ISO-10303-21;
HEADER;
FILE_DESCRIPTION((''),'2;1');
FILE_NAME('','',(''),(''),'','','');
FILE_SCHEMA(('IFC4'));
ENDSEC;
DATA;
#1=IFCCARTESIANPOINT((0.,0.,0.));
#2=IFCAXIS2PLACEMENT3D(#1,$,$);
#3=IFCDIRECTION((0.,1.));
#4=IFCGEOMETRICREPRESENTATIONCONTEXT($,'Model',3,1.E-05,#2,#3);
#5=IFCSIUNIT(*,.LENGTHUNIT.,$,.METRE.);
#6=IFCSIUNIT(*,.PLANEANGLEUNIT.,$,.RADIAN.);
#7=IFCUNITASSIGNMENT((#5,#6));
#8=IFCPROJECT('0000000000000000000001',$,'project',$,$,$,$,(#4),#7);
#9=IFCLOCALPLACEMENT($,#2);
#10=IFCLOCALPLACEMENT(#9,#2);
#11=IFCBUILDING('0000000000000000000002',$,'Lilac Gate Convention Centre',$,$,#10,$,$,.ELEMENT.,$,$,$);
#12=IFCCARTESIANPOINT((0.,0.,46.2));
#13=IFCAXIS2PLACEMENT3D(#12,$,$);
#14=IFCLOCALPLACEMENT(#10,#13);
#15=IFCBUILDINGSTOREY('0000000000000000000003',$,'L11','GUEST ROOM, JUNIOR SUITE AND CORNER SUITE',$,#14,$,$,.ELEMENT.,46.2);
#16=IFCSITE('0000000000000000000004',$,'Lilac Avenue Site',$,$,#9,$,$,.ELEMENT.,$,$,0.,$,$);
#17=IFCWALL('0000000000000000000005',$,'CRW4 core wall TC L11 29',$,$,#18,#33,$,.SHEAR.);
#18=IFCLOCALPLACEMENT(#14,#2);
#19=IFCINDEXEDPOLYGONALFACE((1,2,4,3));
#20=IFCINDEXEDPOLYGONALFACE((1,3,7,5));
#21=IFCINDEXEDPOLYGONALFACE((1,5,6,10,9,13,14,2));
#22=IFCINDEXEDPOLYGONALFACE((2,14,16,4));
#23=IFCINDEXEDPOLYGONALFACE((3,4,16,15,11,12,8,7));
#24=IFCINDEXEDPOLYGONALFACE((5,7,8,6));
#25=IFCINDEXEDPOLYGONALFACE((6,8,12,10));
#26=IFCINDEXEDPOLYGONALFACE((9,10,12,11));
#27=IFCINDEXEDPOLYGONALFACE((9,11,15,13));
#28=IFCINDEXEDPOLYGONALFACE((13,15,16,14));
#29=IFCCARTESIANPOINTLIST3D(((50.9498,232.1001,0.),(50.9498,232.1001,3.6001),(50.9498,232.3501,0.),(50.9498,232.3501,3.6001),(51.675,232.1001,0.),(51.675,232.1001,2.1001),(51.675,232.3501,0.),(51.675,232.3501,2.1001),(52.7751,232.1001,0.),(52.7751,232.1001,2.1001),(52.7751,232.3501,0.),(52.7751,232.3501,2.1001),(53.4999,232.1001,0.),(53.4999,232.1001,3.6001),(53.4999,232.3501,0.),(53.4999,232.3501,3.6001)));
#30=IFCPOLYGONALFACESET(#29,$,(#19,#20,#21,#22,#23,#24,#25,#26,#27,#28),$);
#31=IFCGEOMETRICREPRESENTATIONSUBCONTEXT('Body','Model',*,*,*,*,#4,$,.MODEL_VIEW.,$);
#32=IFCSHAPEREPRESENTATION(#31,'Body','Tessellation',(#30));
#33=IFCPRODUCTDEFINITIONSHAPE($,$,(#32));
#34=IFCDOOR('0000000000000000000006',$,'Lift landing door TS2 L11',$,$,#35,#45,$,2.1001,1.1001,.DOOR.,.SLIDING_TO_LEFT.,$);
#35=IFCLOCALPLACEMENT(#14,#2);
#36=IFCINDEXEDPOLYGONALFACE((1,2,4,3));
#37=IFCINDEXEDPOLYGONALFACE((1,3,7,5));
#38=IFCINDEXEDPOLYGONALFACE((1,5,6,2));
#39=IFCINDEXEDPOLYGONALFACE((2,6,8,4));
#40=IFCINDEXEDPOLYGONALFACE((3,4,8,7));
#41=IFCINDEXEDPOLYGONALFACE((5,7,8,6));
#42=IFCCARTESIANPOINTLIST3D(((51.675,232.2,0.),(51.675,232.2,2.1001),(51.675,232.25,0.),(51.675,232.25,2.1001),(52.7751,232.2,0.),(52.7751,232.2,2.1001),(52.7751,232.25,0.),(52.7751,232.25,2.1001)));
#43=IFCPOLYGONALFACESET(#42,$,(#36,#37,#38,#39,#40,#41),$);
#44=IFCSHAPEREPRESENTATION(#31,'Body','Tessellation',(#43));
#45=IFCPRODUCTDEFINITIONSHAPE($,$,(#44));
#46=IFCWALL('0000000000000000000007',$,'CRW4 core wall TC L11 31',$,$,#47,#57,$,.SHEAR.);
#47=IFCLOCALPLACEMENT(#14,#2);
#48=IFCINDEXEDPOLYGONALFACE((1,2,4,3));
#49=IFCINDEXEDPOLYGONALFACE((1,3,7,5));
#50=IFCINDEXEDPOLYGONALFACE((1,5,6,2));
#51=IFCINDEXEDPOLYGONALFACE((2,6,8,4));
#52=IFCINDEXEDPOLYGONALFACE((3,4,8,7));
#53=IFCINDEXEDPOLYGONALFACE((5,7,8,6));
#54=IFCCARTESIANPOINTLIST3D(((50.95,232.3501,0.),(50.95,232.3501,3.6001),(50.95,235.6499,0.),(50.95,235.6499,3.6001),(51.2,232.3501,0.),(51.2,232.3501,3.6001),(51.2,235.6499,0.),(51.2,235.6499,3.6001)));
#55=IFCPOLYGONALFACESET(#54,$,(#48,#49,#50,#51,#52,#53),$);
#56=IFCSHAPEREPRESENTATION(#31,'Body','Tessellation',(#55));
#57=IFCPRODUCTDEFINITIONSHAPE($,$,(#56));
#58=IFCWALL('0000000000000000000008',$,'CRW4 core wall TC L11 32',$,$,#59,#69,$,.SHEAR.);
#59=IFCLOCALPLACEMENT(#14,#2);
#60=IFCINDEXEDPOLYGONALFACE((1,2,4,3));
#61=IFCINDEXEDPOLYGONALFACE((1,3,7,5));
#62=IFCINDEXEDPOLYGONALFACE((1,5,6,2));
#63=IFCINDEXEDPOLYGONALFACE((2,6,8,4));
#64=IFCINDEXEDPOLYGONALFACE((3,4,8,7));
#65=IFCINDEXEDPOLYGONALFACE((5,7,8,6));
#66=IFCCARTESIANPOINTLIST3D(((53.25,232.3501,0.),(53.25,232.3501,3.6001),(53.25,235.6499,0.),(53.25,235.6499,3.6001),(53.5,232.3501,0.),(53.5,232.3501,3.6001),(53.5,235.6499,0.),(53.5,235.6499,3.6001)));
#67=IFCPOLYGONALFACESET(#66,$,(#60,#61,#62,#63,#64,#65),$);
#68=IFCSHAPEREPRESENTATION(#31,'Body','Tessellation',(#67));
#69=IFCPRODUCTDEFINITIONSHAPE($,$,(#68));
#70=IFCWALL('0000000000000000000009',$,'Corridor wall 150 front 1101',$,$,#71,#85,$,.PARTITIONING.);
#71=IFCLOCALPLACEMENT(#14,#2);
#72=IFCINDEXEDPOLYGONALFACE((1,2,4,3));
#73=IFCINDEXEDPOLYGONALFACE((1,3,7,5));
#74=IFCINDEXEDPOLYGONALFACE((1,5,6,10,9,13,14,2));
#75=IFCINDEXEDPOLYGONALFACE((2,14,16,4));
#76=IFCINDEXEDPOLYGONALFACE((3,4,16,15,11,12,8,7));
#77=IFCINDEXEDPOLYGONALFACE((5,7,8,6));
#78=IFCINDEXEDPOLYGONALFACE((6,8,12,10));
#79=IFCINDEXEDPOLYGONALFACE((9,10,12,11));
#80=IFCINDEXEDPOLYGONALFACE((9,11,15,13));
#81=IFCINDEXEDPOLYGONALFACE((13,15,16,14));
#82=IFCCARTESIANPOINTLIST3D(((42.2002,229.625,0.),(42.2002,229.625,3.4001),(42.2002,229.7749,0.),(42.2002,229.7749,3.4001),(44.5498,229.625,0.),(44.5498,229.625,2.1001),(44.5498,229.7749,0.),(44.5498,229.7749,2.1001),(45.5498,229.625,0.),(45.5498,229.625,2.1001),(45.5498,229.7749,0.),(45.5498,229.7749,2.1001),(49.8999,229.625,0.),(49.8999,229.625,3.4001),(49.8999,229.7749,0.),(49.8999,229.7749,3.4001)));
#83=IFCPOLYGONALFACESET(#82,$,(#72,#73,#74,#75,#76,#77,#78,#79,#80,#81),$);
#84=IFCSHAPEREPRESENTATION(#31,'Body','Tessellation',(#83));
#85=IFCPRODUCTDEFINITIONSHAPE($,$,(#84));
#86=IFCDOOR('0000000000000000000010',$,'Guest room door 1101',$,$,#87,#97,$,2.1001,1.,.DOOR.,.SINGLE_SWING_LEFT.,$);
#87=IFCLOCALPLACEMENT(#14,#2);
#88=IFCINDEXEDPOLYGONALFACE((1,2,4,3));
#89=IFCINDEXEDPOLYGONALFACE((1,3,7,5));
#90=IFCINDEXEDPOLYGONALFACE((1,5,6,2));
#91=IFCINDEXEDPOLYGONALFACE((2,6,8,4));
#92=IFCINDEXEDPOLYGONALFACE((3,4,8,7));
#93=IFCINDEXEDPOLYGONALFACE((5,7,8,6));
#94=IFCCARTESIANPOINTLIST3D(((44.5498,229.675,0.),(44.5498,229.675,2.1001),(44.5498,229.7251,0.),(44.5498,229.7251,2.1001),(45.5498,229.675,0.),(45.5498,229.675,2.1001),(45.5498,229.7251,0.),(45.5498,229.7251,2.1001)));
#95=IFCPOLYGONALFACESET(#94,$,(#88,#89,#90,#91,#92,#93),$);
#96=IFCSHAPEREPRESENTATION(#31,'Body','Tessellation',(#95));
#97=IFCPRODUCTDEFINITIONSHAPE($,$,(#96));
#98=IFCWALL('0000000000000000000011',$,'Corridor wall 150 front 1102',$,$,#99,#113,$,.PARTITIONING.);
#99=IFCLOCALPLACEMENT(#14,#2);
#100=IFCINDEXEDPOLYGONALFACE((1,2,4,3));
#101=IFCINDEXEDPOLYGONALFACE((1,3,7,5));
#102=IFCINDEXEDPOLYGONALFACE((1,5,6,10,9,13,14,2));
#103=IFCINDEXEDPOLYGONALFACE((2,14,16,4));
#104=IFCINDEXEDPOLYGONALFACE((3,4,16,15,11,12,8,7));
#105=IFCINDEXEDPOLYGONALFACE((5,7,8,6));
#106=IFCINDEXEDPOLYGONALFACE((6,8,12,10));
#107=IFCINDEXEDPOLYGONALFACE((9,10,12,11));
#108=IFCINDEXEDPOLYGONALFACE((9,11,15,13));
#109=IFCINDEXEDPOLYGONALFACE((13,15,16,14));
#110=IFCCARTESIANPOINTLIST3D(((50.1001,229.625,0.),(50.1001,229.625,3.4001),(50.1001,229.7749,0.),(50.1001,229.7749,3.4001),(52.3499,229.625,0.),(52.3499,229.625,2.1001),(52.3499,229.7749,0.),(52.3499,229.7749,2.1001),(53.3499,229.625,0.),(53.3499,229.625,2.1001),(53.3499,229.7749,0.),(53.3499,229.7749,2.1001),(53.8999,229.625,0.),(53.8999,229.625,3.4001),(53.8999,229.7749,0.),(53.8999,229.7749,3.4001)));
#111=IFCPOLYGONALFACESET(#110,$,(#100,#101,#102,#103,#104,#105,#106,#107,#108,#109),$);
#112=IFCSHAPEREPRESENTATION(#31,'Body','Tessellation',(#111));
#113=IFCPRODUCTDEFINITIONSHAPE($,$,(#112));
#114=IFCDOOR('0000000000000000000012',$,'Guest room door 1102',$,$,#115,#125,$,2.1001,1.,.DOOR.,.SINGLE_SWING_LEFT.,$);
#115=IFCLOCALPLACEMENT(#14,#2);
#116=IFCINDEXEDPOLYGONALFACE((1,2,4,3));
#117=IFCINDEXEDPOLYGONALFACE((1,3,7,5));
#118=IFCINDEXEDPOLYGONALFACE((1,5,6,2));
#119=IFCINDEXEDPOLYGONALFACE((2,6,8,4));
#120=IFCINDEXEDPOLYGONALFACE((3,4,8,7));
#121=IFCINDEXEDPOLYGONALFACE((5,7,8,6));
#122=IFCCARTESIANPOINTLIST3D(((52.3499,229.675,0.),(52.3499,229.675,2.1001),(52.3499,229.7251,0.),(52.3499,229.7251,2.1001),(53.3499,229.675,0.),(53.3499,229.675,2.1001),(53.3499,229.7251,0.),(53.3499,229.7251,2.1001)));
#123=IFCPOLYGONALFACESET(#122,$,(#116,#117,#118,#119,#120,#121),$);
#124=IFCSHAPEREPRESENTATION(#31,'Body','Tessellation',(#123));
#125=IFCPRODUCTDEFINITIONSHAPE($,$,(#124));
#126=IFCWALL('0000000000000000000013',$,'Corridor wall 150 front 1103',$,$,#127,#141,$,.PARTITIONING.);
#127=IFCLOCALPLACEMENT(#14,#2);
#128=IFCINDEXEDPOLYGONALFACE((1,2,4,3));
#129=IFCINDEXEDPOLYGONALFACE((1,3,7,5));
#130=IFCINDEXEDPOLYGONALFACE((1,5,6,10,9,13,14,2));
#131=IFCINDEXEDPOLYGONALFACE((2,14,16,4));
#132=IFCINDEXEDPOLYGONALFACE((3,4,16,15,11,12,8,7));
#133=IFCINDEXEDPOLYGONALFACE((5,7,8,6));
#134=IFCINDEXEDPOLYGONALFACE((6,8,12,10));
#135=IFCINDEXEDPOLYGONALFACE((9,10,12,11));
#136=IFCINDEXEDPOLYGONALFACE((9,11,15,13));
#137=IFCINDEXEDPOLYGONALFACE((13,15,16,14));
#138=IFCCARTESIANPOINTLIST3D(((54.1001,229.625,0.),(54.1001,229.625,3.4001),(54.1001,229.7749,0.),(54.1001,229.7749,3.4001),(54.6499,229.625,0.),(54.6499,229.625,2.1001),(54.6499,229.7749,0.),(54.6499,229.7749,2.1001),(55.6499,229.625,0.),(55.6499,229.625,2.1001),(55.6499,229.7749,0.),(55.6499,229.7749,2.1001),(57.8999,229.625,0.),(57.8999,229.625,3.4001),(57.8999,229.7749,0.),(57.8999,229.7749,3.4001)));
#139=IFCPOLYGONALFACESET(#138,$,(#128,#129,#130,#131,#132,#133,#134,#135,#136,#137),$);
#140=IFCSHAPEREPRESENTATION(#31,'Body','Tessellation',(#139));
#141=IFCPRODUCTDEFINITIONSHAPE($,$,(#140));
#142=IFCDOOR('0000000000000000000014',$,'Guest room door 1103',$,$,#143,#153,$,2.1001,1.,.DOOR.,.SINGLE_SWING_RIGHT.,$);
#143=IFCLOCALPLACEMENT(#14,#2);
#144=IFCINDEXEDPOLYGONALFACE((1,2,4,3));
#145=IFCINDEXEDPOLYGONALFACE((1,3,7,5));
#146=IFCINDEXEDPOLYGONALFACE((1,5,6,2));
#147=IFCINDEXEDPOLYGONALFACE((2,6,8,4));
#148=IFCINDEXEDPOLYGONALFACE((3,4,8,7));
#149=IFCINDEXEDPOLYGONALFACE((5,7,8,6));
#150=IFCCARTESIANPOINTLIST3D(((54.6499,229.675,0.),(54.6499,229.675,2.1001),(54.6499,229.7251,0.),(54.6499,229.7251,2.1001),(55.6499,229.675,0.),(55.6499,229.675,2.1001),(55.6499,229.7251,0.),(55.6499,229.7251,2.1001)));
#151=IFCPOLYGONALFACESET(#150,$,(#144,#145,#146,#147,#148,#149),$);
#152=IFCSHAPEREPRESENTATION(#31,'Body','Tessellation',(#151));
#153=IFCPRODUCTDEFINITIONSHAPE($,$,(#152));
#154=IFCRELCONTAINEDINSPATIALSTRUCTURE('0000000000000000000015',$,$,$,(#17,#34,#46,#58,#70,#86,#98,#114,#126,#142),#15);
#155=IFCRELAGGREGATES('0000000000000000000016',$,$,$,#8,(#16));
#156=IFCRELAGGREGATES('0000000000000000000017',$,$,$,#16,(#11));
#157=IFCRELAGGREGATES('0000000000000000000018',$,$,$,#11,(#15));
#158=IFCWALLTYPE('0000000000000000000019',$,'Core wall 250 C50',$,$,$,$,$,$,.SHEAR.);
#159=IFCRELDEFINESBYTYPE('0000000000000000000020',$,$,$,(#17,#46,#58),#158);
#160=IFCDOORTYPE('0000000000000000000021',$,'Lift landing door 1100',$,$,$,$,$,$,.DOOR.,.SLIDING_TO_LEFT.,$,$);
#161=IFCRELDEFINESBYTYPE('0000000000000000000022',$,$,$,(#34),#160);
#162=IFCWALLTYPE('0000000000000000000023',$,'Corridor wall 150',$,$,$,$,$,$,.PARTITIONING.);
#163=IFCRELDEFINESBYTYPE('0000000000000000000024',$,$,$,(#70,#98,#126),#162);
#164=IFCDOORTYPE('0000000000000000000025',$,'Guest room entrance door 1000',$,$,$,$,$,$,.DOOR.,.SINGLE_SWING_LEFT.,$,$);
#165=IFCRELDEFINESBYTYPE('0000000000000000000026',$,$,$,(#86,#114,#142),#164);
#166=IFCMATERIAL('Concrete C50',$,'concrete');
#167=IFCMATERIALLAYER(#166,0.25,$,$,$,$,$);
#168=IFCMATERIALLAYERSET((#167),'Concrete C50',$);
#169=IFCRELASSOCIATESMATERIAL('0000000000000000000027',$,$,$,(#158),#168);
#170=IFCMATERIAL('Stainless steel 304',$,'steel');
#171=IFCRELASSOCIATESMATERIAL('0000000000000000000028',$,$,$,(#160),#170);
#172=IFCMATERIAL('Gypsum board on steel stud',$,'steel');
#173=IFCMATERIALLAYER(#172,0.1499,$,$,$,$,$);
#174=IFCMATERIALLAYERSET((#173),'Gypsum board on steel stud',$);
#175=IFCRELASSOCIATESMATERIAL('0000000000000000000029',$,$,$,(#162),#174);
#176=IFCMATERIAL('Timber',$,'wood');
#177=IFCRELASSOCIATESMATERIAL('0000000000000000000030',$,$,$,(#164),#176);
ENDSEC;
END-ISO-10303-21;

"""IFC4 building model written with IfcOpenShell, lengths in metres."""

from ifc_helpers import new_model, si_unit, direction, frame, frame_2d, origin, place, context, subcontext, project, spatial, rectangle, extrude, material, layer, layer_set, type_object, element, fill, save


model = new_model("IFC4")

# Units and contexts
model_context = context("Model", 3, precision=1e-05, world=origin(), true_north=direction((0.0, 1.0)))
body_context = subcontext(model_context, "Body", "Model", "MODEL_VIEW")
ifc_project = project(units=[si_unit("LENGTHUNIT", "METRE"), si_unit("PLANEANGLEUNIT", "RADIAN")], contexts=[model_context])

# Site, building, storey
site_placement = place(None, origin())
site = spatial("IfcSite", under=ifc_project, at=site_placement, Name="Lilac Avenue Site", CompositionType="ELEMENT", RefElevation=0.0)
building_placement = place(site_placement, origin())
building = spatial("IfcBuilding", under=site, at=building_placement, Name="Lilac Gate Convention Centre", CompositionType="ELEMENT")
storey_placement = place(building_placement, frame((0.0, 0.0, 46.2)))
storey = spatial("IfcBuildingStorey", under=building, at=storey_placement, Name="L11", Description="GUEST ROOM, JUNIOR SUITE AND CORNER SUITE", CompositionType="ELEMENT", Elevation=46.2)

# Shared definitions
ifc_material_1 = material(Name="Concrete C50", Category="concrete")
ifc_layer_1 = layer(ifc_material_1, 0.25)
ifc_layer_set_1 = layer_set([ifc_layer_1], Name="Concrete C50")
wall_type_1 = type_object("IfcWallType", Name="Core wall 250 C50", PredefinedType="SHEAR", material=ifc_layer_set_1)
ifc_material_2 = material(Name="Stainless steel 304", Category="steel")
door_type_1 = type_object("IfcDoorType", Name="Lift landing door 1100", OperationType="SLIDING_TO_LEFT", PredefinedType="DOOR", material=ifc_material_2)

# Wall, opening, door
wall_1_placement = place(storey_placement, frame((50.95, 232.2251, 0.0), z_axis=(0.0, 0.0, 1.0), x_axis=(1.0, 0.0, 0.0)))
wall_1 = element("IfcWall", 1, at=wall_1_placement, inside=storey, type_object=wall_type_1, Name="CRW4 core wall TC L11 29", PredefinedType="SHEAR", context=body_context, shape_type="SweptSolid", body=[
    extrude(rectangle(XDim=2.55, YDim=0.25, at=frame_2d((1.2749, 0.0))), origin(), (0.0, 0.0, 1.0), 3.6001),
])
opening_1_placement = place(wall_1_placement, frame((0.7251, 0.0, 0.0)))
opening_1 = element("IfcOpeningElement", 2, at=opening_1_placement, cuts=wall_1, PredefinedType="OPENING", context=body_context, shape_type="SweptSolid", body=[
    extrude(rectangle(XDim=1.1001, YDim=2.1001, at=frame_2d((0.55, 1.05))), frame((0.0, 0.135, 0.0), z_axis=(0.0, -1.0, 0.0), x_axis=(1.0, 0.0, 0.0)), (0.0, 0.0, 1.0), 0.27),
])
door_1_placement = place(opening_1_placement, origin())
door_1 = element("IfcDoor", 3, at=door_1_placement, inside=storey, type_object=door_type_1, Name="Lift landing door TS2 L11", OperationType="SLIDING_TO_LEFT", OverallHeight=2.1001, OverallWidth=1.1001, PredefinedType="DOOR", context=body_context, shape_type="SweptSolid", body=[
    extrude(rectangle(XDim=1.1001, YDim=2.1001, at=frame_2d((0.55, 1.05))), frame((0.0, 0.0249, 0.0), z_axis=(0.0, -1.0, 0.0), x_axis=(1.0, 0.0, 0.0)), (0.0, 0.0, 1.0), 0.05),
])
fill(opening_1, door_1)

# Walls
for number, where, z_axis, x_axis, name in (
    (4, (51.075, 232.3501, 0.0), (0.0, 0.0, 1.0), (0.0, 1.0, 0.0), "CRW4 core wall TC L11 31"),
    (5, (53.375, 232.3501, 0.0), (0.0, 0.0, 1.0), (0.0, 1.0, 0.0), "CRW4 core wall TC L11 32"),
):
    element("IfcWall", number, at=place(storey_placement, frame(where, z_axis=z_axis, x_axis=x_axis)), inside=storey, type_object=wall_type_1, Name=name, PredefinedType="SHEAR", context=body_context, shape_type="SweptSolid", body=[
        extrude(rectangle(XDim=3.2998, YDim=0.25, at=frame_2d((1.6499, 0.0))), origin(), (0.0, 0.0, 1.0), 3.6001),
    ])

# Walls, openings, doors
ifc_material_3 = material(Name="Gypsum board on steel stud", Category="steel")
ifc_layer_2 = layer(ifc_material_3, 0.1499)
ifc_layer_set_2 = layer_set([ifc_layer_2], Name="Gypsum board on steel stud")
wall_type_2 = type_object("IfcWallType", Name="Corridor wall 150", PredefinedType="PARTITIONING", material=ifc_layer_set_2)
wall_2_placement = place(storey_placement, frame((49.8999, 229.7, 0.0), z_axis=(0.0, 0.0, 1.0), x_axis=(-1.0, 0.0, 0.0)))
wall_2 = element("IfcWall", 6, at=wall_2_placement, inside=storey, type_object=wall_type_2, Name="Corridor wall 150 front 1101", PredefinedType="PARTITIONING", context=body_context, shape_type="SweptSolid", body=[
    extrude(rectangle(XDim=7.6997, YDim=0.1499, at=frame_2d((3.8499, 0.0))), origin(), (0.0, 0.0, 1.0), 3.4001),
])
opening_2_placement = place(wall_2_placement, frame((4.3501, 0.0, 0.0)))
opening_2 = element("IfcOpeningElement", 7, at=opening_2_placement, cuts=wall_2, PredefinedType="OPENING", context=body_context, shape_type="SweptSolid", body=[
    extrude(rectangle(XDim=1.0, YDim=2.1001, at=frame_2d((0.5, 1.05))), frame((0.0, 0.085, 0.0), z_axis=(0.0, -1.0, 0.0), x_axis=(1.0, 0.0, 0.0)), (0.0, 0.0, 1.0), 0.1699),
])
ifc_material_4 = material(Name="Timber", Category="wood")
door_type_2 = type_object("IfcDoorType", Name="Guest room entrance door 1000", OperationType="SINGLE_SWING_LEFT", PredefinedType="DOOR", material=ifc_material_4)
door_2_placement = place(opening_2_placement, origin())
door_2 = element("IfcDoor", 8, at=door_2_placement, inside=storey, type_object=door_type_2, Name="Guest room door 1101", OperationType="SINGLE_SWING_LEFT", OverallHeight=2.1001, OverallWidth=1.0, PredefinedType="DOOR", context=body_context, shape_type="SweptSolid", body=[
    extrude(rectangle(XDim=1.0, YDim=2.1001, at=frame_2d((0.5, 1.05))), frame((0.0, 0.0249, 0.0), z_axis=(0.0, -1.0, 0.0), x_axis=(1.0, 0.0, 0.0)), (0.0, 0.0, 1.0), 0.05),
])
fill(opening_2, door_2)
wall_3_placement = place(storey_placement, frame((53.8999, 229.7, 0.0), z_axis=(0.0, 0.0, 1.0), x_axis=(-1.0, 0.0, 0.0)))
wall_3 = element("IfcWall", 9, at=wall_3_placement, inside=storey, type_object=wall_type_2, Name="Corridor wall 150 front 1102", PredefinedType="PARTITIONING", context=body_context, shape_type="SweptSolid", body=[
    extrude(rectangle(XDim=3.7998, YDim=0.1499, at=frame_2d((1.8999, 0.0))), origin(), (0.0, 0.0, 1.0), 3.4001),
])
opening_3_placement = place(wall_3_placement, frame((0.55, 0.0, 0.0)))
opening_3 = element("IfcOpeningElement", 10, at=opening_3_placement, cuts=wall_3, PredefinedType="OPENING", context=body_context, shape_type="SweptSolid", body=[
    extrude(rectangle(XDim=1.0, YDim=2.1001, at=frame_2d((0.5, 1.05))), frame((0.0, 0.085, 0.0), z_axis=(0.0, -1.0, 0.0), x_axis=(1.0, 0.0, 0.0)), (0.0, 0.0, 1.0), 0.1699),
])
door_3_placement = place(opening_3_placement, origin())
door_3 = element("IfcDoor", 11, at=door_3_placement, inside=storey, type_object=door_type_2, Name="Guest room door 1102", OperationType="SINGLE_SWING_LEFT", OverallHeight=2.1001, OverallWidth=1.0, PredefinedType="DOOR", context=body_context, shape_type="SweptSolid", body=[
    extrude(rectangle(XDim=1.0, YDim=2.1001, at=frame_2d((0.5, 1.05))), frame((0.0, 0.0249, 0.0), z_axis=(0.0, -1.0, 0.0), x_axis=(1.0, 0.0, 0.0)), (0.0, 0.0, 1.0), 0.05),
])
fill(opening_3, door_3)
wall_4_placement = place(storey_placement, frame((57.8999, 229.7, 0.0), z_axis=(0.0, 0.0, 1.0), x_axis=(-1.0, 0.0, 0.0)))
wall_4 = element("IfcWall", 12, at=wall_4_placement, inside=storey, type_object=wall_type_2, Name="Corridor wall 150 front 1103", PredefinedType="PARTITIONING", context=body_context, shape_type="SweptSolid", body=[
    extrude(rectangle(XDim=3.7998, YDim=0.1499, at=frame_2d((1.8999, 0.0))), origin(), (0.0, 0.0, 1.0), 3.4001),
])
opening_4_placement = place(wall_4_placement, frame((2.25, 0.0, 0.0)))
opening_4 = element("IfcOpeningElement", 13, at=opening_4_placement, cuts=wall_4, PredefinedType="OPENING", context=body_context, shape_type="SweptSolid", body=[
    extrude(rectangle(XDim=1.0, YDim=2.1001, at=frame_2d((0.5, 1.05))), frame((0.0, 0.085, 0.0), z_axis=(0.0, -1.0, 0.0), x_axis=(1.0, 0.0, 0.0)), (0.0, 0.0, 1.0), 0.1699),
])
door_4_placement = place(opening_4_placement, origin())
door_4 = element("IfcDoor", 14, at=door_4_placement, inside=storey, type_object=door_type_2, Name="Guest room door 1103", OperationType="SINGLE_SWING_RIGHT", OverallHeight=2.1001, OverallWidth=1.0, PredefinedType="DOOR", context=body_context, shape_type="SweptSolid", body=[
    extrude(rectangle(XDim=1.0, YDim=2.1001, at=frame_2d((0.5, 1.05))), frame((0.0, 0.0249, 0.0), z_axis=(0.0, -1.0, 0.0), x_axis=(1.0, 0.0, 0.0)), (0.0, 0.0, 1.0), 0.05),
])
fill(opening_4, door_4)

save(model, "model.ifc")
